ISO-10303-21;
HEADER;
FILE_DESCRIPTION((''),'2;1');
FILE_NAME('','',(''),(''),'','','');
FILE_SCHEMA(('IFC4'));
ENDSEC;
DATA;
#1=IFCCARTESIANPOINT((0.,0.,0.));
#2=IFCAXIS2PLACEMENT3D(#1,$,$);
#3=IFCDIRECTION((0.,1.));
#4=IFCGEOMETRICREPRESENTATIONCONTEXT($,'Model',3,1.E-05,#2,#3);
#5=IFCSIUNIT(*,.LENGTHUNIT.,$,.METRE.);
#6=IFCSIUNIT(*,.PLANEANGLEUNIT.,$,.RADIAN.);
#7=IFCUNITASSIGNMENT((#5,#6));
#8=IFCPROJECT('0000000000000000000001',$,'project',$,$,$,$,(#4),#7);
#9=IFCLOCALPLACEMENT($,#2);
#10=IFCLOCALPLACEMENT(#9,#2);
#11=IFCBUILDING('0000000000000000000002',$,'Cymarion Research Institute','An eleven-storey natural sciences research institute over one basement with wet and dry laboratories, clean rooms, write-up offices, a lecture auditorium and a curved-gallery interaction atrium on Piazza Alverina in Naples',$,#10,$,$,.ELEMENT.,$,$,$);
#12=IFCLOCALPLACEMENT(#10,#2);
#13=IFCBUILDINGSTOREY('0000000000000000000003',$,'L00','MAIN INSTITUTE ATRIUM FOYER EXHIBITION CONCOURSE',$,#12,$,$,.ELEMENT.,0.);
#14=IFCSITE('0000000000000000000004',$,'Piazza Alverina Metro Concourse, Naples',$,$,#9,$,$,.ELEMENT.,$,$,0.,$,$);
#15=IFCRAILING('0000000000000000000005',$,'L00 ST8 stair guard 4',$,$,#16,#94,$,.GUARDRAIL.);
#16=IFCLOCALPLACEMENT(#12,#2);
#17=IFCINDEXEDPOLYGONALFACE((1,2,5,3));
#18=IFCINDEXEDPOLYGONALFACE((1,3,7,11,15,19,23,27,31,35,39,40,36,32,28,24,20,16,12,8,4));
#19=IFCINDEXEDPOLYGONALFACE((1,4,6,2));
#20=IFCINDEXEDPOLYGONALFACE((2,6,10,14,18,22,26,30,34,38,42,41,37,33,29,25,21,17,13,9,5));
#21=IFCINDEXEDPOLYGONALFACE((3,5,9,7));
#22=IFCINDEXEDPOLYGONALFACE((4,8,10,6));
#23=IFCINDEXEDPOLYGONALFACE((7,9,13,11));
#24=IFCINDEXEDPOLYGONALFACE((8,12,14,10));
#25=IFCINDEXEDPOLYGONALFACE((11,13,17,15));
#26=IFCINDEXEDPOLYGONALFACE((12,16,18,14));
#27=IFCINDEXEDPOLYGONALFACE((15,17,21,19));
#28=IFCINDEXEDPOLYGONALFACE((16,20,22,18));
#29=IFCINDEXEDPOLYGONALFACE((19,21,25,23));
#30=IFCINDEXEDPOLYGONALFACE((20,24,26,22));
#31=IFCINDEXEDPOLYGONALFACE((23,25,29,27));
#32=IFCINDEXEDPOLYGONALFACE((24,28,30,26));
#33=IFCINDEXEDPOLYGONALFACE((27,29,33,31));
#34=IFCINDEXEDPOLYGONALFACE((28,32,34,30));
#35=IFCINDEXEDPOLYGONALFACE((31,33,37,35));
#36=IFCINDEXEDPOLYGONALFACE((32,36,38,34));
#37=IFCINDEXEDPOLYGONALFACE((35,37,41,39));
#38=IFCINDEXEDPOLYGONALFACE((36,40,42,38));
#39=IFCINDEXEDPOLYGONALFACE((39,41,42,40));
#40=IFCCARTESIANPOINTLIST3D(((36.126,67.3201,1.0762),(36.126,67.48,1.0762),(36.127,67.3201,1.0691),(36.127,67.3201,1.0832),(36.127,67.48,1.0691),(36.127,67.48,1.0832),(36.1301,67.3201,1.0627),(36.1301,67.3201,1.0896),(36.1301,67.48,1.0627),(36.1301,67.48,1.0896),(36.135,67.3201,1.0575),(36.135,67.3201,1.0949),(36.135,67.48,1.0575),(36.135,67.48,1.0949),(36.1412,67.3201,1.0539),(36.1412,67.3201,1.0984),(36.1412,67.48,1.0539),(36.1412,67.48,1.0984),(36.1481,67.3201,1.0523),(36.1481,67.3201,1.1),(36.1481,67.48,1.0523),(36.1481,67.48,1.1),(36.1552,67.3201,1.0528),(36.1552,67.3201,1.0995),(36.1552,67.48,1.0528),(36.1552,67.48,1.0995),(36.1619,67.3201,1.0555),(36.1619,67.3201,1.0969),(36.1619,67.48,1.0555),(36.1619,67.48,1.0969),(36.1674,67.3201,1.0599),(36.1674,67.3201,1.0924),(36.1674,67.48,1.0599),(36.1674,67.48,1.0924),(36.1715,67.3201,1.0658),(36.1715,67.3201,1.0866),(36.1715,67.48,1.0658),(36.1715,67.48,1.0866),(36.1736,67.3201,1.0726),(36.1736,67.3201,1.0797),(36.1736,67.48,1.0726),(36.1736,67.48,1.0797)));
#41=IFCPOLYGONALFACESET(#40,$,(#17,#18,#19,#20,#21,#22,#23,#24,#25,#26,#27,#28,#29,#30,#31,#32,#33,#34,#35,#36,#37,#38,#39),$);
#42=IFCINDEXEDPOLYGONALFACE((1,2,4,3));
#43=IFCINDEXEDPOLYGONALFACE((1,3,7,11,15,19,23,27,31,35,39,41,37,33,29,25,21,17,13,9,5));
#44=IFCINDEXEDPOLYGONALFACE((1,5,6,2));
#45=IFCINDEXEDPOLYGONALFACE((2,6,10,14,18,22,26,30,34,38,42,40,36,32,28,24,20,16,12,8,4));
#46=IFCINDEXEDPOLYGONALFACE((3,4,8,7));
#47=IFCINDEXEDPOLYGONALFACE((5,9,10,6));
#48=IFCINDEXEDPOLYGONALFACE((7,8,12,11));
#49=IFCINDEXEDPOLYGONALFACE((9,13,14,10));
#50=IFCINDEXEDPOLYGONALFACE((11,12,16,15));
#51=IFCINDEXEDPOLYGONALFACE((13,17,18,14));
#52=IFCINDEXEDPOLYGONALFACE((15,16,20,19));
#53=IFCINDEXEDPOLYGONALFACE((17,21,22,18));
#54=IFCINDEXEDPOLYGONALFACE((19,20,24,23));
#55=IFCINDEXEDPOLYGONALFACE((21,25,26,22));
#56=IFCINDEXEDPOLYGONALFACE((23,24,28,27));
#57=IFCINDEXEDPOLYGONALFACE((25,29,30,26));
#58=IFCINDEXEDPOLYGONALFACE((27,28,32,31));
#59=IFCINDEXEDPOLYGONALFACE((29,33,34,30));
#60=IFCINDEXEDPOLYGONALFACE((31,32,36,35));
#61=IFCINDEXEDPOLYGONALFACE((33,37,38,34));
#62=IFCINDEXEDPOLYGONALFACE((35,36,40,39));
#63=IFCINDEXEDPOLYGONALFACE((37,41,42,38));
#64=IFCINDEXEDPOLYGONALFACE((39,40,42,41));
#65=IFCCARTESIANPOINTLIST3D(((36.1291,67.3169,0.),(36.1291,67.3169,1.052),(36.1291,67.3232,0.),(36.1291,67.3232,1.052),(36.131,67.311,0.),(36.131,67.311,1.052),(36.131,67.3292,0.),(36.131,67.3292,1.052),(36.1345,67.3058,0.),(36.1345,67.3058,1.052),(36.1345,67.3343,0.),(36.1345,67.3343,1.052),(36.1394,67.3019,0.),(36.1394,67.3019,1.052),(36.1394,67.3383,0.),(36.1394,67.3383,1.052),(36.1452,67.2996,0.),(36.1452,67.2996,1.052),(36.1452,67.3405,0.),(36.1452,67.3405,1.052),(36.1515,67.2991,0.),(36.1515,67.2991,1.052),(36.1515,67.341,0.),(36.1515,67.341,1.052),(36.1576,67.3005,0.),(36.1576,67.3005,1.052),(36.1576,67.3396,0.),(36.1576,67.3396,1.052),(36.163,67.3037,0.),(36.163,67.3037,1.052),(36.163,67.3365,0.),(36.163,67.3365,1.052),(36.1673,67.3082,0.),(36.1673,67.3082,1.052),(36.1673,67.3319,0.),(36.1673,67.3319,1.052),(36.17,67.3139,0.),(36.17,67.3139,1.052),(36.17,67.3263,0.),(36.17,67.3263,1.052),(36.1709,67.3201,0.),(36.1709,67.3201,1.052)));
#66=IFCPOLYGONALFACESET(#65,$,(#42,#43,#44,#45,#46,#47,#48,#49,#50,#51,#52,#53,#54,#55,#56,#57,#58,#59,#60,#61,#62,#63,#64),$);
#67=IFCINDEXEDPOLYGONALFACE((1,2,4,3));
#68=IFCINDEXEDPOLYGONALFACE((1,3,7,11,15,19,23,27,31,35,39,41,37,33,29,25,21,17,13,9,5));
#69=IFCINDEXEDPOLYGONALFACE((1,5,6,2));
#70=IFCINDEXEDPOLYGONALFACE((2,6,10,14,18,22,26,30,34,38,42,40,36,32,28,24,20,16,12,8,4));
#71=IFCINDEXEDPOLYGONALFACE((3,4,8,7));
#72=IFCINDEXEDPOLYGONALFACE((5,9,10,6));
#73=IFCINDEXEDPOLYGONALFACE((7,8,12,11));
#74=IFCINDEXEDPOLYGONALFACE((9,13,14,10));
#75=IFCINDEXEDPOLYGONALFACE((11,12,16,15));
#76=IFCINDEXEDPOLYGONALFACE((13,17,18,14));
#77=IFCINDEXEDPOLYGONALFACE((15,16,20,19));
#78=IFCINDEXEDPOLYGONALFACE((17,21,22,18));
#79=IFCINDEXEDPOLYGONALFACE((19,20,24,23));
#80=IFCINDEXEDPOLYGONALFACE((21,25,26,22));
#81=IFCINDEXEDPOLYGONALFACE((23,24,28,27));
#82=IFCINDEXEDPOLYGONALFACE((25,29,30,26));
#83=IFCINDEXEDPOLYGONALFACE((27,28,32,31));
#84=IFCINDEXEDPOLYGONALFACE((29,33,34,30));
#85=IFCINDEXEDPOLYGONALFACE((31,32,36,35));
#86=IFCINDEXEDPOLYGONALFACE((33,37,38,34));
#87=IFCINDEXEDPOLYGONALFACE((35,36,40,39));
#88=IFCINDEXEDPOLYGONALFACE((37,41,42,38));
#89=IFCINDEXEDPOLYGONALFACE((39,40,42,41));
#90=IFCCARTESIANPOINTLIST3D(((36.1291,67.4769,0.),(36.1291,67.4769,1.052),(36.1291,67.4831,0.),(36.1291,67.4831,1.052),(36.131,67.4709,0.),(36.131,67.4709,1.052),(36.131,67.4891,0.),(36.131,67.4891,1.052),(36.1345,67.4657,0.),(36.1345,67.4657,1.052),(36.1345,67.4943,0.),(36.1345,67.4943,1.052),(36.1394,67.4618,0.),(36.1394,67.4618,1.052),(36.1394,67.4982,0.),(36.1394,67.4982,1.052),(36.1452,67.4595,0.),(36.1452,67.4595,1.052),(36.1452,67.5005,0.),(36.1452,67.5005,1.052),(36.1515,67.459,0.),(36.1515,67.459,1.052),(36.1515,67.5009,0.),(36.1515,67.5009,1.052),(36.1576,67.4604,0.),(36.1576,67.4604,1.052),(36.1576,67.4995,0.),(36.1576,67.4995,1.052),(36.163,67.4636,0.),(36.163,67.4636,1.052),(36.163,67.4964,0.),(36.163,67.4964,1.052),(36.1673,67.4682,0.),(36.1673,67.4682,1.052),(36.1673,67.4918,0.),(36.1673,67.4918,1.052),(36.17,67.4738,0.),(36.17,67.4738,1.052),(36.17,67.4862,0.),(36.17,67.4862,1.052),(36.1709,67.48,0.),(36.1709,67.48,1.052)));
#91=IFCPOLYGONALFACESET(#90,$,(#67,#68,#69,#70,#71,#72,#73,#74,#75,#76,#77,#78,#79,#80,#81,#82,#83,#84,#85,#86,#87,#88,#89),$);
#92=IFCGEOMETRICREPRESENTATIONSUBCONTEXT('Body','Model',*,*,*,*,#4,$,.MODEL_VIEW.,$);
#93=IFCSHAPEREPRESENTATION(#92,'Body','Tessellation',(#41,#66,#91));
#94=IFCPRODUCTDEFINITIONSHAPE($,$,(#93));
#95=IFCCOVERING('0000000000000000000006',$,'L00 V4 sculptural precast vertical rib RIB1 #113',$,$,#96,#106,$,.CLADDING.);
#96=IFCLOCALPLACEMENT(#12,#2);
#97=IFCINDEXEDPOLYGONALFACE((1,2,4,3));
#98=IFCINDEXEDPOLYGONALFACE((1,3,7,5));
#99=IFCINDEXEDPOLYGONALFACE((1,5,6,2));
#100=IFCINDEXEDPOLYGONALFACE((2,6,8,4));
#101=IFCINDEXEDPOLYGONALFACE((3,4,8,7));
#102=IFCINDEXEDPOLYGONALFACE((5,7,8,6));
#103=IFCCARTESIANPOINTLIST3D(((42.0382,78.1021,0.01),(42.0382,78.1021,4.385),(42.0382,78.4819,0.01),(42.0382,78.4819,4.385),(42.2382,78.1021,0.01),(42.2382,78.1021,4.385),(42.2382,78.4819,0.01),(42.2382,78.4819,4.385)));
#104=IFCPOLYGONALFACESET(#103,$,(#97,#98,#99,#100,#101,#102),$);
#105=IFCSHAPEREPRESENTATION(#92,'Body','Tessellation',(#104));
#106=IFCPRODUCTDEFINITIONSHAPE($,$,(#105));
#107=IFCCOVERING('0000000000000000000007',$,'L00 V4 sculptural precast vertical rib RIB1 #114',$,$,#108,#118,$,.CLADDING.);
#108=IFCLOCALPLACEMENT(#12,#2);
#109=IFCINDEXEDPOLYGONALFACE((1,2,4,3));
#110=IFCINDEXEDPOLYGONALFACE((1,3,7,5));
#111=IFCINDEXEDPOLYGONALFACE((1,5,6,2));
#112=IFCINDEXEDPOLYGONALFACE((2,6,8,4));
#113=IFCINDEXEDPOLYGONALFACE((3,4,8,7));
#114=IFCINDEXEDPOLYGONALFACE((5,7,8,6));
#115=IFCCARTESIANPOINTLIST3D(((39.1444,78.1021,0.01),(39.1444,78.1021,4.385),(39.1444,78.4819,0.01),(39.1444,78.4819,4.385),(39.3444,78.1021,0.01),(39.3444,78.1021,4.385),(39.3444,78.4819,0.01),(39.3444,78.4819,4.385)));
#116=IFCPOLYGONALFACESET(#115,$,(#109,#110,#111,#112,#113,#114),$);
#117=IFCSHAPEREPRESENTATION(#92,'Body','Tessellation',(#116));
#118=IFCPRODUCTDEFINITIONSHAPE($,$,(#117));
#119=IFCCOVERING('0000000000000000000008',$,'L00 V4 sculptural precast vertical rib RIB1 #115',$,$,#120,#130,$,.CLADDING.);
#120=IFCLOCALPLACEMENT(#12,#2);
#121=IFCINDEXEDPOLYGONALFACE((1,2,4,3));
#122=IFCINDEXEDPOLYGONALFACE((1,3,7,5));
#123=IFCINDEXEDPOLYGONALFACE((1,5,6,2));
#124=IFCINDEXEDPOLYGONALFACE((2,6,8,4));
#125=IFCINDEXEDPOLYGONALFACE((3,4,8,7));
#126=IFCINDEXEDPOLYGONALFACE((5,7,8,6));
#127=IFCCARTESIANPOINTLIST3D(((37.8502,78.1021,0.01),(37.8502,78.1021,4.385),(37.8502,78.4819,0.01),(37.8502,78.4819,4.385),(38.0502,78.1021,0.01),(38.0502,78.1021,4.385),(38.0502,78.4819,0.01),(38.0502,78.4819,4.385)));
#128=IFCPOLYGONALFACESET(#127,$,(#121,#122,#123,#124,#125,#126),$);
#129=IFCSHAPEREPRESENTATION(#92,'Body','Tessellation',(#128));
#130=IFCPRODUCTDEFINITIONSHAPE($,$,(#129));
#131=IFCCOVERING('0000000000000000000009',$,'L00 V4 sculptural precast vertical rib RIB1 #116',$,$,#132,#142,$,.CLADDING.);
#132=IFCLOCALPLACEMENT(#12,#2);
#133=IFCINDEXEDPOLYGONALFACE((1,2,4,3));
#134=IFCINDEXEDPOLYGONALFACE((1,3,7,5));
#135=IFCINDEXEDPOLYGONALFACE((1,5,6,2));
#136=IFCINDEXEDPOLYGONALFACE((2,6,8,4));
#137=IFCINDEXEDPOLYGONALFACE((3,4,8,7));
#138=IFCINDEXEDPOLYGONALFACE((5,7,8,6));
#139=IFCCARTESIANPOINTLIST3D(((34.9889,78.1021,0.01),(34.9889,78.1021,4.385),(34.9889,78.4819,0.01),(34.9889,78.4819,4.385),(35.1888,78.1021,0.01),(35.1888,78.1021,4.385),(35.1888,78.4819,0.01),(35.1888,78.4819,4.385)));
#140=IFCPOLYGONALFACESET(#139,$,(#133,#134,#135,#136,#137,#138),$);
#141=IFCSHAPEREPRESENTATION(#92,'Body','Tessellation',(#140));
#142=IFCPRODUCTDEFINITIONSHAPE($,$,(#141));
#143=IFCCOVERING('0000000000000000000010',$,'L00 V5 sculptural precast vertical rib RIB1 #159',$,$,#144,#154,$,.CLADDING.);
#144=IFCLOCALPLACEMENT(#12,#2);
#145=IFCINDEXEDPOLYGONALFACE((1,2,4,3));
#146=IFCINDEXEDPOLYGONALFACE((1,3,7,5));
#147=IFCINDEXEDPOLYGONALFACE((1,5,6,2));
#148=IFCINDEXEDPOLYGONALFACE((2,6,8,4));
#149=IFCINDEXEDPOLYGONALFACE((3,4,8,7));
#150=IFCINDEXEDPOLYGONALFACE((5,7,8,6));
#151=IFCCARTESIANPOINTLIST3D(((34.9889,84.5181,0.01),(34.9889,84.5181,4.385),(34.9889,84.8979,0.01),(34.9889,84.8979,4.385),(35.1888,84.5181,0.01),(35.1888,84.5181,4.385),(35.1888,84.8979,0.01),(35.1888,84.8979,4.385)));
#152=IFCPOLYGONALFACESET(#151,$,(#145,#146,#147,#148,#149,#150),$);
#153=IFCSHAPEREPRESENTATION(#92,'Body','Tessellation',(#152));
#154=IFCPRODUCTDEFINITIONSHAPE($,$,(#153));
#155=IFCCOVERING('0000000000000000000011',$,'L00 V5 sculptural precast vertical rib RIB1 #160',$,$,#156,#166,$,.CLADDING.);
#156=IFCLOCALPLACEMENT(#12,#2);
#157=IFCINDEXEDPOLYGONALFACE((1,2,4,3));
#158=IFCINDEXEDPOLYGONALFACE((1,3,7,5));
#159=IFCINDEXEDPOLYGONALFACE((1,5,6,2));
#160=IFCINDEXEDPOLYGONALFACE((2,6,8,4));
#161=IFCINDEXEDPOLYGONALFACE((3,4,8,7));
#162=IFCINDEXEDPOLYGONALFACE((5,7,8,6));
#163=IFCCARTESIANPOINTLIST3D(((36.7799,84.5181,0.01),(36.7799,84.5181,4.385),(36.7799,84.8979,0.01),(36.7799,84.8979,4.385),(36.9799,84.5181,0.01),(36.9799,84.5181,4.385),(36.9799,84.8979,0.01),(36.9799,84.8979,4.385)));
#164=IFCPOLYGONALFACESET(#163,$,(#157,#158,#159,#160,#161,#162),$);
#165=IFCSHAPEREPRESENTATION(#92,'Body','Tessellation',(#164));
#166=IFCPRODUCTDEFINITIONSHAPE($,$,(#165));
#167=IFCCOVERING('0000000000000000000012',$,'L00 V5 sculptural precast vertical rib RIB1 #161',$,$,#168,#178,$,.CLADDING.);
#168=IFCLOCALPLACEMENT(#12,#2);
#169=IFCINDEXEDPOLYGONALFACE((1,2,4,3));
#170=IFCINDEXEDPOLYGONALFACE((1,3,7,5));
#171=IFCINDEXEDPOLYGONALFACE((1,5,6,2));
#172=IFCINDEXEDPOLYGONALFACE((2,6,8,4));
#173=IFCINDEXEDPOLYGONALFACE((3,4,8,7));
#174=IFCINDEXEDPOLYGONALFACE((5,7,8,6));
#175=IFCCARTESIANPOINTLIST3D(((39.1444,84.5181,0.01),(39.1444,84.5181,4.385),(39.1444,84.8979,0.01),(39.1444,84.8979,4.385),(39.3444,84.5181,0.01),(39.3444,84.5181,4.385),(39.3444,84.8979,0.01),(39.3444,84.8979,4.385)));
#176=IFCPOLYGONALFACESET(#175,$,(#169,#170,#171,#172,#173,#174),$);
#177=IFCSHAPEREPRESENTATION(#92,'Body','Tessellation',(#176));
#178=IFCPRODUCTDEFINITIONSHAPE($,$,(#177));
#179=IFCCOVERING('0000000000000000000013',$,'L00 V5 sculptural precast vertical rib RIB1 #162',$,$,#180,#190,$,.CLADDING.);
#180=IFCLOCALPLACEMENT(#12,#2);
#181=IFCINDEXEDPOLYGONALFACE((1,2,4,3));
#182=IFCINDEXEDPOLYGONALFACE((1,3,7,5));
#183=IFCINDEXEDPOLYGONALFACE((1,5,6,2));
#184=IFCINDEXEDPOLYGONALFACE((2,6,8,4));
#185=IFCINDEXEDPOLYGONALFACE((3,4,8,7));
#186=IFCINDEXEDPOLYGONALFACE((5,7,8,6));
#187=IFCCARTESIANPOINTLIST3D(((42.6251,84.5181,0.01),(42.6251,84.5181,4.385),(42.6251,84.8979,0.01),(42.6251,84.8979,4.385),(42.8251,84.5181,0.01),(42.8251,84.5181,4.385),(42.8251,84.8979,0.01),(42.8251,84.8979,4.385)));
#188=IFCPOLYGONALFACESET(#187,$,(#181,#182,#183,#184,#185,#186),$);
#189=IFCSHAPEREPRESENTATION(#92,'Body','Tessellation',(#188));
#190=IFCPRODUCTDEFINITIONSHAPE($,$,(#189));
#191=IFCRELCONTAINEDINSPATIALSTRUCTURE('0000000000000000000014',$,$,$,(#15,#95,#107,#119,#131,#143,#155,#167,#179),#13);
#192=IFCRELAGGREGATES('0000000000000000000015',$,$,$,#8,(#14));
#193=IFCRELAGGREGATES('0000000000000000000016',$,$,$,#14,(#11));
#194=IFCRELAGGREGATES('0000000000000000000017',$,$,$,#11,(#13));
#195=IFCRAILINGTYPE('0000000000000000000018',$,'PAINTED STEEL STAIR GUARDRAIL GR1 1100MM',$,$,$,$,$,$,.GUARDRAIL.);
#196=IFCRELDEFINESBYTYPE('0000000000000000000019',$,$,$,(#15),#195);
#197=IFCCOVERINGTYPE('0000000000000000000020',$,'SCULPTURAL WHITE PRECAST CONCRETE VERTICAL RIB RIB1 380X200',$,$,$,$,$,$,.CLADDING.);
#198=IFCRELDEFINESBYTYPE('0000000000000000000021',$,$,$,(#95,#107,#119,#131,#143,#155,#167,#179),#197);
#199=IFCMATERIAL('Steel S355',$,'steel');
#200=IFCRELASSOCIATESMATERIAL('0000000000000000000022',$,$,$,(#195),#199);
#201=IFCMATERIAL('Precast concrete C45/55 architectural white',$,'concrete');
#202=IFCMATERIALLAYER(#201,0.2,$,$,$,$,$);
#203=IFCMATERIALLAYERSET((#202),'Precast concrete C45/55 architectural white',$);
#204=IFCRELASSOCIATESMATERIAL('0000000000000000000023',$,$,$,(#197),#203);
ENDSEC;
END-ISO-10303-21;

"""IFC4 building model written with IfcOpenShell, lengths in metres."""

from ifc_helpers import new_model, si_unit, direction, frame, origin, origin_2d, place, context, subcontext, project, spatial, rectangle, circle, extrude, material, layer, layer_set, type_object, element, save


model = new_model("IFC4")

# Units and contexts
model_context = context("Model", 3, precision=1e-05, world=origin(), true_north=direction((0.0, 1.0)))
body_context = subcontext(model_context, "Body", "Model", "MODEL_VIEW")
ifc_project = project(units=[si_unit("LENGTHUNIT", "METRE"), si_unit("PLANEANGLEUNIT", "RADIAN")], contexts=[model_context])

# Site, building, storey
site_placement = place(None, origin())
site = spatial("IfcSite", under=ifc_project, at=site_placement, Name="Piazza Alverina Metro Concourse, Naples", CompositionType="ELEMENT", RefElevation=0.0)
building_placement = place(site_placement, origin())
building = spatial("IfcBuilding", under=site, at=building_placement, Name="Cymarion Research Institute", Description="An eleven-storey natural sciences research institute over one basement with wet and dry laboratories, clean rooms, write-up offices, a lecture auditorium and a curved-gallery interaction atrium on Piazza Alverina in Naples", CompositionType="ELEMENT")
storey_placement = place(building_placement, origin())
storey = spatial("IfcBuildingStorey", under=building, at=storey_placement, Name="L00", Description="MAIN INSTITUTE ATRIUM FOYER EXHIBITION CONCOURSE", CompositionType="ELEMENT", Elevation=0.0)

# Shared definitions
ifc_material_1 = material(Name="Steel S355", Category="steel")

# Railing
railing_type_1 = type_object("IfcRailingType", Name="PAINTED STEEL STAIR GUARDRAIL GR1 1100MM", PredefinedType="GUARDRAIL", material=ifc_material_1)
railing_1_placement = place(storey_placement, frame((36.1499, 67.3201, 0.0)))
element("IfcRailing", 1, at=railing_1_placement, inside=storey, type_object=railing_type_1, Name="L00 ST8 stair guard 4", PredefinedType="GUARDRAIL", context=body_context, shape_type="SweptSolid", body=[
    extrude(circle(Radius=0.0239, at=origin_2d()), frame((0.0, 0.0, 1.0762), z_axis=(0.0, 1.0, 0.0), x_axis=(-1.0, 0.0, 0.0)), (0.0, 0.0, 1.0), 0.1599),
    extrude(circle(Radius=0.021, at=origin_2d()), origin(), (0.0, 0.0, 1.0), 1.052),
    extrude(circle(Radius=0.021, at=origin_2d()), frame((0.0, 0.1599, 0.0)), (0.0, 0.0, 1.0), 1.052),
])

# Coverings
ifc_material_2 = material(Name="Precast concrete C45/55 architectural white", Category="concrete")
ifc_layer_1 = layer(ifc_material_2, 0.2)
ifc_layer_set_1 = layer_set([ifc_layer_1], Name="Precast concrete C45/55 architectural white")
covering_type = type_object("IfcCoveringType", Name="SCULPTURAL WHITE PRECAST CONCRETE VERTICAL RIB RIB1 380X200", PredefinedType="CLADDING", material=ifc_layer_set_1)
for number, where, z_axis, x_axis, name in (
    (2, (42.1382, 78.292, 0.01), (0.0, 0.0, 1.0), (0.0, 1.0, 0.0), "L00 V4 sculptural precast vertical rib RIB1 #113"),
    (3, (39.2444, 78.292, 0.01), (0.0, 0.0, 1.0), (0.0, 1.0, 0.0), "L00 V4 sculptural precast vertical rib RIB1 #114"),
    (4, (37.9502, 78.292, 0.01), (0.0, 0.0, 1.0), (0.0, 1.0, 0.0), "L00 V4 sculptural precast vertical rib RIB1 #115"),
    (5, (35.0889, 78.292, 0.01), (0.0, 0.0, 1.0), (0.0, 1.0, 0.0), "L00 V4 sculptural precast vertical rib RIB1 #116"),
    (6, (35.0889, 84.708, 0.01), (0.0, 0.0, 1.0), (0.0, -1.0, 0.0), "L00 V5 sculptural precast vertical rib RIB1 #159"),
    (7, (36.8799, 84.708, 0.01), (0.0, 0.0, 1.0), (0.0, -1.0, 0.0), "L00 V5 sculptural precast vertical rib RIB1 #160"),
    (8, (39.2444, 84.708, 0.01), (0.0, 0.0, 1.0), (0.0, -1.0, 0.0), "L00 V5 sculptural precast vertical rib RIB1 #161"),
    (9, (42.7251, 84.708, 0.01), (0.0, 0.0, 1.0), (0.0, -1.0, 0.0), "L00 V5 sculptural precast vertical rib RIB1 #162"),
):
    element("IfcCovering", number, at=place(storey_placement, frame(where, z_axis=z_axis, x_axis=x_axis)), inside=storey, type_object=covering_type, Name=name, PredefinedType="CLADDING", context=body_context, shape_type="SweptSolid", body=[
        extrude(rectangle(XDim=0.3799, YDim=0.2, at=origin_2d()), origin(), (0.0, 0.0, 1.0), 4.375),
    ])

save(model, "model.ifc")
